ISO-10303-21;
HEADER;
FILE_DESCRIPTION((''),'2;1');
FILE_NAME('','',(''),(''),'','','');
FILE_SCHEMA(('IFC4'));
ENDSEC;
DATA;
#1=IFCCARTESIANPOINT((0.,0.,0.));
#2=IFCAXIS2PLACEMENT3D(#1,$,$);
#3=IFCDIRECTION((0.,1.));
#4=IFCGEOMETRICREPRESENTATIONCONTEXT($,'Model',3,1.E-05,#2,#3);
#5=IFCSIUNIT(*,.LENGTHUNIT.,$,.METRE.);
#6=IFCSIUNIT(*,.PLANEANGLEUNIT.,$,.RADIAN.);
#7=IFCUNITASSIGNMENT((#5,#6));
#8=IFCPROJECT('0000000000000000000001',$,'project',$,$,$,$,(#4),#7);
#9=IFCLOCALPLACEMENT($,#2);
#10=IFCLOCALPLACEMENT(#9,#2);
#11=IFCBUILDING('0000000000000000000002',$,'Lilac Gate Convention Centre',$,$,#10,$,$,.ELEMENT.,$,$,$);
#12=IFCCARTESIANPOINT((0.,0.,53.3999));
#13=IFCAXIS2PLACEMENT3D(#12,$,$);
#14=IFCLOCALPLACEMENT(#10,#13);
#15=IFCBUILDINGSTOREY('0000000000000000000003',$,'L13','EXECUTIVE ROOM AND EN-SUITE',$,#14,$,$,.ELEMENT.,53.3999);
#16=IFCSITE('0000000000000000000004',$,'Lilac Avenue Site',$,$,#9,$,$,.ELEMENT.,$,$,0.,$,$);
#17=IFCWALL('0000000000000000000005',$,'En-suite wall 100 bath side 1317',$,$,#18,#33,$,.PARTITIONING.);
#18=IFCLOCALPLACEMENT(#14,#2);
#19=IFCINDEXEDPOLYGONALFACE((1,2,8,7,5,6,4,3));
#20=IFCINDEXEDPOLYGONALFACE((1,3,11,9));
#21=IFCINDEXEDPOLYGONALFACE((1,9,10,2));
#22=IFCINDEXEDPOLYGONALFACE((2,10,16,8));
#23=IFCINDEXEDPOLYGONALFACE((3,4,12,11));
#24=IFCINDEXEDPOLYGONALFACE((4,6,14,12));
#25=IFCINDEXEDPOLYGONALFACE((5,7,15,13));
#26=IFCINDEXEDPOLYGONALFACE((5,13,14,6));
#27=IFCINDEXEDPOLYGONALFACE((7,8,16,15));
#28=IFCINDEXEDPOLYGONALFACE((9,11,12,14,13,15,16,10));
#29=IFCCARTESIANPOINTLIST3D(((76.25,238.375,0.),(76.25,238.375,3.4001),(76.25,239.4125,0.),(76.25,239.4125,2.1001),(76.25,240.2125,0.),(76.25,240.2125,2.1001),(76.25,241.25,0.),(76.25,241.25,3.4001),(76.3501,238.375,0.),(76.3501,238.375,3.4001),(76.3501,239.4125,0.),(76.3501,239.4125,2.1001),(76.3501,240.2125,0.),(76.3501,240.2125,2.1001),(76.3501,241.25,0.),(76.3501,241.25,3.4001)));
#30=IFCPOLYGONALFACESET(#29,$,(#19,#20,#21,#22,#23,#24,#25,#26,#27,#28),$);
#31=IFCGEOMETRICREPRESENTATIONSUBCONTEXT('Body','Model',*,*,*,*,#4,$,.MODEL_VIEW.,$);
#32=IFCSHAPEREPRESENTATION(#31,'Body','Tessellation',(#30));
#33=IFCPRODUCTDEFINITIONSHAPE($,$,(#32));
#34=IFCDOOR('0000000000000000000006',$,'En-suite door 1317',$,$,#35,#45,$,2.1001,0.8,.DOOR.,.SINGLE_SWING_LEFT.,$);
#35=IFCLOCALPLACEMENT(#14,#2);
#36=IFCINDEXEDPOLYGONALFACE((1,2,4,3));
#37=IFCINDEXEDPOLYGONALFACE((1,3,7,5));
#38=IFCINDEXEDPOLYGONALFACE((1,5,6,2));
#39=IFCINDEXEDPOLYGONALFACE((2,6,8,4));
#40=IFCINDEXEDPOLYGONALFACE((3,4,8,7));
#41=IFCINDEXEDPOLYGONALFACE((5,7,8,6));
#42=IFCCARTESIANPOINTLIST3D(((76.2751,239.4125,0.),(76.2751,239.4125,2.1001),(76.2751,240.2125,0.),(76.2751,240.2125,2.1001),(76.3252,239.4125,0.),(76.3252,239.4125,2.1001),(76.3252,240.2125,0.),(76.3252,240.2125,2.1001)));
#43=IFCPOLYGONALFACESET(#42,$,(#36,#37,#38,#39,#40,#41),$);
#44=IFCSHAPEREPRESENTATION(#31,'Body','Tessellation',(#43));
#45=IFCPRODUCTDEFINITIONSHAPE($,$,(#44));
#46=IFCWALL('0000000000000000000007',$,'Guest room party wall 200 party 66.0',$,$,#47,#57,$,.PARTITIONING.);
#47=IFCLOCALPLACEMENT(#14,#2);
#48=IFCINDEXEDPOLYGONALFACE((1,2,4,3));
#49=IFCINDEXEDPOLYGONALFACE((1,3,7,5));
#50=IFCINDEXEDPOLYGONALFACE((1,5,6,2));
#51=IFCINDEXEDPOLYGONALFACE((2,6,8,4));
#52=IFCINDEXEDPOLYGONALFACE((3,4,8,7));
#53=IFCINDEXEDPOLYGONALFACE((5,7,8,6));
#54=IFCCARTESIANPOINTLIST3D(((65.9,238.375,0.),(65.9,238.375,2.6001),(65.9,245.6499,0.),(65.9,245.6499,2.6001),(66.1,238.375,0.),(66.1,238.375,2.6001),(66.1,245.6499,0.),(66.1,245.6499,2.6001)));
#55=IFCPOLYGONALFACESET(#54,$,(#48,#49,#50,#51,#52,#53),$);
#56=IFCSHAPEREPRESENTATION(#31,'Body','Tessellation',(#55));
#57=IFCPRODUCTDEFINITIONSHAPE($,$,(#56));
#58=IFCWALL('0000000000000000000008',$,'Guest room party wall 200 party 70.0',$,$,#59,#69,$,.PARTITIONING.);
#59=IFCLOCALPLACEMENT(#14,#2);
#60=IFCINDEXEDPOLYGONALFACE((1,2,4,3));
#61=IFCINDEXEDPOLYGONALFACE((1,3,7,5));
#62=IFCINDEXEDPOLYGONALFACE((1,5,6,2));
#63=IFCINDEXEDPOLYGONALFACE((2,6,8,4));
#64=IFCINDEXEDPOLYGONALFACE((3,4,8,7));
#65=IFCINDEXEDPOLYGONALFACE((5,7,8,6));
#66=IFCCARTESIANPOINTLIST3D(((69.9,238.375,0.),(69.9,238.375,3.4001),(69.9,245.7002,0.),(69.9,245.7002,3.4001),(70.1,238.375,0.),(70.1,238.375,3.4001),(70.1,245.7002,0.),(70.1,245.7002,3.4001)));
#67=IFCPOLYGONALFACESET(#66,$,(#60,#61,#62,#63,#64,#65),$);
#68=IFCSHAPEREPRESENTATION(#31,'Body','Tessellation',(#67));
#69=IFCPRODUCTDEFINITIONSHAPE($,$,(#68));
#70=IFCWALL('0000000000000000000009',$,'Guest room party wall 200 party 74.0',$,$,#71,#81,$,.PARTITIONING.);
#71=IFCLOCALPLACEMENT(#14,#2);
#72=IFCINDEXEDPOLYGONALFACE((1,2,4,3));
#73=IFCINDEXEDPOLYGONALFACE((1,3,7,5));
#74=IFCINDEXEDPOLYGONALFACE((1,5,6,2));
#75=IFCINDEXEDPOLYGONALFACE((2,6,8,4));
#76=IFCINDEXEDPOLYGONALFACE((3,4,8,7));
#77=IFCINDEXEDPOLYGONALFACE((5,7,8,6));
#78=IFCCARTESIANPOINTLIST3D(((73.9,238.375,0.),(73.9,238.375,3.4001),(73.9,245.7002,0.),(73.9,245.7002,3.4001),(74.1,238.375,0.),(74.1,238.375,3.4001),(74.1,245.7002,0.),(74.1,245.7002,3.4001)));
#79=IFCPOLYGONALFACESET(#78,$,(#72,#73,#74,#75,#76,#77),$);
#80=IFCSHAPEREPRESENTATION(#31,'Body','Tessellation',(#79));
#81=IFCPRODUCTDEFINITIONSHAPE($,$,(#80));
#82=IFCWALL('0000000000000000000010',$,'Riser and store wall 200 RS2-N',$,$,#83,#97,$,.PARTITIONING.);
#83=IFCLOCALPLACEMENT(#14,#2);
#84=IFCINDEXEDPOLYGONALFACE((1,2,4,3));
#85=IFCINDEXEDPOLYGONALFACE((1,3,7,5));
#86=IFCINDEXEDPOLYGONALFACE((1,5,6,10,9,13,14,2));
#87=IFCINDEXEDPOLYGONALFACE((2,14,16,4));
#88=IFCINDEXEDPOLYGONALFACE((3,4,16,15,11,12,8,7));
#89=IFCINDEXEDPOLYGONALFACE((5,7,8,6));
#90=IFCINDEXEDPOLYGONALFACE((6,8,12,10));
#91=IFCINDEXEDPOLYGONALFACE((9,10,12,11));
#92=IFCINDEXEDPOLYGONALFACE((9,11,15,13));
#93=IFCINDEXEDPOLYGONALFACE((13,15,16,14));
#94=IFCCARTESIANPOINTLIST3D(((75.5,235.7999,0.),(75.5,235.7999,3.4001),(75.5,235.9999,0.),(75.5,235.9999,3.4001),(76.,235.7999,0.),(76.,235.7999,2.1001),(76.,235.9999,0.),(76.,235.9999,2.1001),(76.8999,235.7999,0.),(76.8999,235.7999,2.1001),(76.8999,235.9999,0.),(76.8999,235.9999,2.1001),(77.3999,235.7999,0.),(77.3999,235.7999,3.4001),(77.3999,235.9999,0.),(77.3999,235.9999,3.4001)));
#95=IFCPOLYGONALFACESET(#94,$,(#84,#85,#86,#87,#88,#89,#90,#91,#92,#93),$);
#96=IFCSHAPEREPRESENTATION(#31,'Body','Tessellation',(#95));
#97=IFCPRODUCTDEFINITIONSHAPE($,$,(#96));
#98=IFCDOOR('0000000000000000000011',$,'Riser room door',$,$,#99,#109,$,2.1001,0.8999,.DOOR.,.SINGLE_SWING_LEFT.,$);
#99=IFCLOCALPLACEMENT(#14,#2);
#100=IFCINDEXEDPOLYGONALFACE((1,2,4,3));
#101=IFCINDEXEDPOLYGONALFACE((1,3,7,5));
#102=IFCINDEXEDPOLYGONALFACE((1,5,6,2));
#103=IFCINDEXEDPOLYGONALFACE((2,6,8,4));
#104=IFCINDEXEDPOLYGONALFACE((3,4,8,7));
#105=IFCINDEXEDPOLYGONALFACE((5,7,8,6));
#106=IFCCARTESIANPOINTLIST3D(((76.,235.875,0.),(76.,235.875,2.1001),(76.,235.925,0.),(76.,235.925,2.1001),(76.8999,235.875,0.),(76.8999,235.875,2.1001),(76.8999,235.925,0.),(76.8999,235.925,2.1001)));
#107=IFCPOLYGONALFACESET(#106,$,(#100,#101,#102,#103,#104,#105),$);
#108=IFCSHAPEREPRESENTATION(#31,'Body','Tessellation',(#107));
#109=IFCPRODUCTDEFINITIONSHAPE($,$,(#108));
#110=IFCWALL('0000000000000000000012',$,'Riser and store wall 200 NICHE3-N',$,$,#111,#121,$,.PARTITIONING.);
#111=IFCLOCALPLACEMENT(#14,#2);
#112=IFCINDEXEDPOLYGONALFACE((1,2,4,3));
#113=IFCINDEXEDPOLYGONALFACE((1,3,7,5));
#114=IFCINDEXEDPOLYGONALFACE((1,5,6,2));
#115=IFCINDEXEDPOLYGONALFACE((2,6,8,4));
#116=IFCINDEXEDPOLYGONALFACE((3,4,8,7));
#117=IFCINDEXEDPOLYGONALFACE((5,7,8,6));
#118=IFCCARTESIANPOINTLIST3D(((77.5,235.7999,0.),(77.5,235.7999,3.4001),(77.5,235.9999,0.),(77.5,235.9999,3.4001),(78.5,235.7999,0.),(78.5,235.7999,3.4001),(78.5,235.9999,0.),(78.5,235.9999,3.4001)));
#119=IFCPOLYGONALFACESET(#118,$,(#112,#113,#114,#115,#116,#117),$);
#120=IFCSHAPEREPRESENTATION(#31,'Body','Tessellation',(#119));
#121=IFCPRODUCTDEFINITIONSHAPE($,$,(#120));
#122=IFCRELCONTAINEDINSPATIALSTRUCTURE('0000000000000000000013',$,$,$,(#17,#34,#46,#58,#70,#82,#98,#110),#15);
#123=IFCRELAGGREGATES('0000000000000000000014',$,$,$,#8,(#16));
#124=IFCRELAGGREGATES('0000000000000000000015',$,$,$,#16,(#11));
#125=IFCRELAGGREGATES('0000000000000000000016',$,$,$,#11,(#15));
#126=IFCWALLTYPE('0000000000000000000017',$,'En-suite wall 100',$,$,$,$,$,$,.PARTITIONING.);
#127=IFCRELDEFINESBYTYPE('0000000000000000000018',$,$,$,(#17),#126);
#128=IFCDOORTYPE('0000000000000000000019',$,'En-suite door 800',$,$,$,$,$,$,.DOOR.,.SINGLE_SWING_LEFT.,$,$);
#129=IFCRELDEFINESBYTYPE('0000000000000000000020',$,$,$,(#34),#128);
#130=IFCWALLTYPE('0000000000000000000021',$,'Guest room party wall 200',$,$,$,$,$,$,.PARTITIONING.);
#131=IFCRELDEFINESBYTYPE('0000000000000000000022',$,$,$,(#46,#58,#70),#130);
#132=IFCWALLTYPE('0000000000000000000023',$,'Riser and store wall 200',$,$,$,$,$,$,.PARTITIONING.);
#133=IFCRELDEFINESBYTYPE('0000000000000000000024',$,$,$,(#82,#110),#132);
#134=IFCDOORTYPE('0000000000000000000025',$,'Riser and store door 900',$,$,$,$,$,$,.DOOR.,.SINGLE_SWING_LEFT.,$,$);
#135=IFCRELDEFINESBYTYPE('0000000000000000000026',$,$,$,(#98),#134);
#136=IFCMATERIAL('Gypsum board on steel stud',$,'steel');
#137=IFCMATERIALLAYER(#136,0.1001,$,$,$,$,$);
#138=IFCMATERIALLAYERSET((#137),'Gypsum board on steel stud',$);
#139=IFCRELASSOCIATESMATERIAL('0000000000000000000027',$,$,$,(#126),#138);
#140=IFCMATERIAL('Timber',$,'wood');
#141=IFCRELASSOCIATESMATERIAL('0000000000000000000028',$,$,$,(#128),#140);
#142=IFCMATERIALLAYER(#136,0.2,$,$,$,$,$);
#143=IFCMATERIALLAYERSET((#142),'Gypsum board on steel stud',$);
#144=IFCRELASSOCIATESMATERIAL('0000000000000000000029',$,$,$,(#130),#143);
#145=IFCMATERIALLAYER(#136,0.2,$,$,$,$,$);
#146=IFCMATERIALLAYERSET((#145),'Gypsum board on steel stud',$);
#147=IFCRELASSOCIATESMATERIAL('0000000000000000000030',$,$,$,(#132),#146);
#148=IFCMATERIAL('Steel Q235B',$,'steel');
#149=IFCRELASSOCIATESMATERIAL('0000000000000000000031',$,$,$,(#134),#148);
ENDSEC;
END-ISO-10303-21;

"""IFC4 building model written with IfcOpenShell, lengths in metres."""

from ifc_helpers import new_model, si_unit, direction, frame, frame_2d, origin, place, context, subcontext, project, spatial, rectangle, extrude, material, layer, layer_set, type_object, element, fill, save


model = new_model("IFC4")

# Units and contexts
model_context = context("Model", 3, precision=1e-05, world=origin(), true_north=direction((0.0, 1.0)))
body_context = subcontext(model_context, "Body", "Model", "MODEL_VIEW")
ifc_project = project(units=[si_unit("LENGTHUNIT", "METRE"), si_unit("PLANEANGLEUNIT", "RADIAN")], contexts=[model_context])

# Site, building, storey
site_placement = place(None, origin())
site = spatial("IfcSite", under=ifc_project, at=site_placement, Name="Lilac Avenue Site", CompositionType="ELEMENT", RefElevation=0.0)
building_placement = place(site_placement, origin())
building = spatial("IfcBuilding", under=site, at=building_placement, Name="Lilac Gate Convention Centre", CompositionType="ELEMENT")
storey_placement = place(building_placement, frame((0.0, 0.0, 53.3999)))
storey = spatial("IfcBuildingStorey", under=building, at=storey_placement, Name="L13", Description="EXECUTIVE ROOM AND EN-SUITE", CompositionType="ELEMENT", Elevation=53.3999)

# Shared definitions
ifc_material_1 = material(Name="Gypsum board on steel stud", Category="steel")
ifc_material_2 = material(Name="Timber", Category="wood")

# Shared definitions
ifc_layer_1 = layer(ifc_material_1, 0.1001)
ifc_layer_set_1 = layer_set([ifc_layer_1], Name="Gypsum board on steel stud")
wall_type_1 = type_object("IfcWallType", Name="En-suite wall 100", PredefinedType="PARTITIONING", material=ifc_layer_set_1)

# Shared definitions
door_type_1 = type_object("IfcDoorType", Name="En-suite door 800", OperationType="SINGLE_SWING_LEFT", PredefinedType="DOOR", material=ifc_material_2)

# Wall, opening, door
wall_1_placement = place(storey_placement, frame((76.3, 238.375, 0.0), z_axis=(0.0, 0.0, 1.0), x_axis=(0.0, 1.0, 0.0)))
wall_1 = element("IfcWall", 1, at=wall_1_placement, inside=storey, type_object=wall_type_1, Name="En-suite wall 100 bath side 1317", PredefinedType="PARTITIONING", context=body_context, shape_type="SweptSolid", body=[
    extrude(rectangle(XDim=2.875, YDim=0.1001, at=frame_2d((1.4375, 0.0))), origin(), (0.0, 0.0, 1.0), 3.4001),
])
opening_1_placement = place(wall_1_placement, frame((1.0376, 0.0, 0.0)))
opening_1 = element("IfcOpeningElement", 2, at=opening_1_placement, cuts=wall_1, PredefinedType="OPENING", context=body_context, shape_type="SweptSolid", body=[
    extrude(rectangle(XDim=0.8, YDim=2.1001, at=frame_2d((0.3999, 1.05))), frame((0.0, 0.0601, 0.0), z_axis=(0.0, -1.0, 0.0), x_axis=(1.0, 0.0, 0.0)), (0.0, 0.0, 1.0), 0.1201),
])
door_1_placement = place(opening_1_placement, origin())
door_1 = element("IfcDoor", 3, at=door_1_placement, inside=storey, type_object=door_type_1, Name="En-suite door 1317", OperationType="SINGLE_SWING_LEFT", OverallHeight=2.1001, OverallWidth=0.8, PredefinedType="DOOR", context=body_context, shape_type="SweptSolid", body=[
    extrude(rectangle(XDim=0.8, YDim=2.1001, at=frame_2d((0.3999, 1.05))), frame((0.0, 0.0249, 0.0), z_axis=(0.0, -1.0, 0.0), x_axis=(1.0, 0.0, 0.0)), (0.0, 0.0, 1.0), 0.05),
])
fill(opening_1, door_1)

# Walls
ifc_layer_2 = layer(ifc_material_1, 0.2)
ifc_layer_set_2 = layer_set([ifc_layer_2], Name="Gypsum board on steel stud")
wall_type_2 = type_object("IfcWallType", Name="Guest room party wall 200", PredefinedType="PARTITIONING", material=ifc_layer_set_2)
wall_2_placement = place(storey_placement, frame((66.0, 245.6499, 0.0), z_axis=(0.0, 0.0, 1.0), x_axis=(0.0, -1.0, 0.0)))
element("IfcWall", 4, at=wall_2_placement, inside=storey, type_object=wall_type_2, Name="Guest room party wall 200 party 66.0", PredefinedType="PARTITIONING", context=body_context, shape_type="SweptSolid", body=[
    extrude(rectangle(XDim=7.2749, YDim=0.2, at=frame_2d((3.6375, 0.0))), origin(), (0.0, 0.0, 1.0), 2.6001),
])
for number, where, z_axis, x_axis, name in (
    (5, (70.0, 245.7002, 0.0), (0.0, 0.0, 1.0), (0.0, -1.0, 0.0), "Guest room party wall 200 party 70.0"),
    (6, (74.0, 245.7002, 0.0), (0.0, 0.0, 1.0), (0.0, -1.0, 0.0), "Guest room party wall 200 party 74.0"),
):
    element("IfcWall", number, at=place(storey_placement, frame(where, z_axis=z_axis, x_axis=x_axis)), inside=storey, type_object=wall_type_2, Name=name, PredefinedType="PARTITIONING", context=body_context, shape_type="SweptSolid", body=[
        extrude(rectangle(XDim=7.3252, YDim=0.2, at=frame_2d((3.6626, 0.0))), origin(), (0.0, 0.0, 1.0), 3.4001),
    ])

# Wall, opening, door
ifc_layer_3 = layer(ifc_material_1, 0.2)
ifc_layer_set_3 = layer_set([ifc_layer_3], Name="Gypsum board on steel stud")
wall_type_3 = type_object("IfcWallType", Name="Riser and store wall 200", PredefinedType="PARTITIONING", material=ifc_layer_set_3)
wall_3_placement = place(storey_placement, frame((77.3999, 235.8999, 0.0), z_axis=(0.0, 0.0, 1.0), x_axis=(-1.0, 0.0, 0.0)))
wall_3 = element("IfcWall", 7, at=wall_3_placement, inside=storey, type_object=wall_type_3, Name="Riser and store wall 200 RS2-N", PredefinedType="PARTITIONING", context=body_context, shape_type="SweptSolid", body=[
    extrude(rectangle(XDim=1.8999, YDim=0.2, at=frame_2d((0.95, 0.0))), origin(), (0.0, 0.0, 1.0), 3.4001),
])
opening_2_placement = place(wall_3_placement, frame((0.5, 0.0, 0.0)))
opening_2 = element("IfcOpeningElement", 8, at=opening_2_placement, cuts=wall_3, PredefinedType="OPENING", context=body_context, shape_type="SweptSolid", body=[
    extrude(rectangle(XDim=0.8999, YDim=2.1001, at=frame_2d((0.45, 1.05))), frame((0.0, 0.1099, 0.0), z_axis=(0.0, -1.0, 0.0), x_axis=(1.0, 0.0, 0.0)), (0.0, 0.0, 1.0), 0.22),
])
ifc_material_3 = material(Name="Steel Q235B", Category="steel")
door_type_2 = type_object("IfcDoorType", Name="Riser and store door 900", OperationType="SINGLE_SWING_LEFT", PredefinedType="DOOR", material=ifc_material_3)
door_2_placement = place(opening_2_placement, origin())
door_2 = element("IfcDoor", 9, at=door_2_placement, inside=storey, type_object=door_type_2, Name="Riser room door", OperationType="SINGLE_SWING_LEFT", OverallHeight=2.1001, OverallWidth=0.8999, PredefinedType="DOOR", context=body_context, shape_type="SweptSolid", body=[
    extrude(rectangle(XDim=0.8999, YDim=2.1001, at=frame_2d((0.45, 1.05))), frame((0.0, 0.0249, 0.0), z_axis=(0.0, -1.0, 0.0), x_axis=(1.0, 0.0, 0.0)), (0.0, 0.0, 1.0), 0.05),
])
fill(opening_2, door_2)

# Wall
wall_4_placement = place(storey_placement, frame((77.5, 235.8999, 0.0), z_axis=(0.0, 0.0, 1.0), x_axis=(1.0, 0.0, 0.0)))
element("IfcWall", 10, at=wall_4_placement, inside=storey, type_object=wall_type_3, Name="Riser and store wall 200 NICHE3-N", PredefinedType="PARTITIONING", context=body_context, shape_type="SweptSolid", body=[
    extrude(rectangle(XDim=1.0, YDim=0.2, at=frame_2d((0.5, 0.0))), origin(), (0.0, 0.0, 1.0), 3.4001),
])

save(model, "model.ifc")
